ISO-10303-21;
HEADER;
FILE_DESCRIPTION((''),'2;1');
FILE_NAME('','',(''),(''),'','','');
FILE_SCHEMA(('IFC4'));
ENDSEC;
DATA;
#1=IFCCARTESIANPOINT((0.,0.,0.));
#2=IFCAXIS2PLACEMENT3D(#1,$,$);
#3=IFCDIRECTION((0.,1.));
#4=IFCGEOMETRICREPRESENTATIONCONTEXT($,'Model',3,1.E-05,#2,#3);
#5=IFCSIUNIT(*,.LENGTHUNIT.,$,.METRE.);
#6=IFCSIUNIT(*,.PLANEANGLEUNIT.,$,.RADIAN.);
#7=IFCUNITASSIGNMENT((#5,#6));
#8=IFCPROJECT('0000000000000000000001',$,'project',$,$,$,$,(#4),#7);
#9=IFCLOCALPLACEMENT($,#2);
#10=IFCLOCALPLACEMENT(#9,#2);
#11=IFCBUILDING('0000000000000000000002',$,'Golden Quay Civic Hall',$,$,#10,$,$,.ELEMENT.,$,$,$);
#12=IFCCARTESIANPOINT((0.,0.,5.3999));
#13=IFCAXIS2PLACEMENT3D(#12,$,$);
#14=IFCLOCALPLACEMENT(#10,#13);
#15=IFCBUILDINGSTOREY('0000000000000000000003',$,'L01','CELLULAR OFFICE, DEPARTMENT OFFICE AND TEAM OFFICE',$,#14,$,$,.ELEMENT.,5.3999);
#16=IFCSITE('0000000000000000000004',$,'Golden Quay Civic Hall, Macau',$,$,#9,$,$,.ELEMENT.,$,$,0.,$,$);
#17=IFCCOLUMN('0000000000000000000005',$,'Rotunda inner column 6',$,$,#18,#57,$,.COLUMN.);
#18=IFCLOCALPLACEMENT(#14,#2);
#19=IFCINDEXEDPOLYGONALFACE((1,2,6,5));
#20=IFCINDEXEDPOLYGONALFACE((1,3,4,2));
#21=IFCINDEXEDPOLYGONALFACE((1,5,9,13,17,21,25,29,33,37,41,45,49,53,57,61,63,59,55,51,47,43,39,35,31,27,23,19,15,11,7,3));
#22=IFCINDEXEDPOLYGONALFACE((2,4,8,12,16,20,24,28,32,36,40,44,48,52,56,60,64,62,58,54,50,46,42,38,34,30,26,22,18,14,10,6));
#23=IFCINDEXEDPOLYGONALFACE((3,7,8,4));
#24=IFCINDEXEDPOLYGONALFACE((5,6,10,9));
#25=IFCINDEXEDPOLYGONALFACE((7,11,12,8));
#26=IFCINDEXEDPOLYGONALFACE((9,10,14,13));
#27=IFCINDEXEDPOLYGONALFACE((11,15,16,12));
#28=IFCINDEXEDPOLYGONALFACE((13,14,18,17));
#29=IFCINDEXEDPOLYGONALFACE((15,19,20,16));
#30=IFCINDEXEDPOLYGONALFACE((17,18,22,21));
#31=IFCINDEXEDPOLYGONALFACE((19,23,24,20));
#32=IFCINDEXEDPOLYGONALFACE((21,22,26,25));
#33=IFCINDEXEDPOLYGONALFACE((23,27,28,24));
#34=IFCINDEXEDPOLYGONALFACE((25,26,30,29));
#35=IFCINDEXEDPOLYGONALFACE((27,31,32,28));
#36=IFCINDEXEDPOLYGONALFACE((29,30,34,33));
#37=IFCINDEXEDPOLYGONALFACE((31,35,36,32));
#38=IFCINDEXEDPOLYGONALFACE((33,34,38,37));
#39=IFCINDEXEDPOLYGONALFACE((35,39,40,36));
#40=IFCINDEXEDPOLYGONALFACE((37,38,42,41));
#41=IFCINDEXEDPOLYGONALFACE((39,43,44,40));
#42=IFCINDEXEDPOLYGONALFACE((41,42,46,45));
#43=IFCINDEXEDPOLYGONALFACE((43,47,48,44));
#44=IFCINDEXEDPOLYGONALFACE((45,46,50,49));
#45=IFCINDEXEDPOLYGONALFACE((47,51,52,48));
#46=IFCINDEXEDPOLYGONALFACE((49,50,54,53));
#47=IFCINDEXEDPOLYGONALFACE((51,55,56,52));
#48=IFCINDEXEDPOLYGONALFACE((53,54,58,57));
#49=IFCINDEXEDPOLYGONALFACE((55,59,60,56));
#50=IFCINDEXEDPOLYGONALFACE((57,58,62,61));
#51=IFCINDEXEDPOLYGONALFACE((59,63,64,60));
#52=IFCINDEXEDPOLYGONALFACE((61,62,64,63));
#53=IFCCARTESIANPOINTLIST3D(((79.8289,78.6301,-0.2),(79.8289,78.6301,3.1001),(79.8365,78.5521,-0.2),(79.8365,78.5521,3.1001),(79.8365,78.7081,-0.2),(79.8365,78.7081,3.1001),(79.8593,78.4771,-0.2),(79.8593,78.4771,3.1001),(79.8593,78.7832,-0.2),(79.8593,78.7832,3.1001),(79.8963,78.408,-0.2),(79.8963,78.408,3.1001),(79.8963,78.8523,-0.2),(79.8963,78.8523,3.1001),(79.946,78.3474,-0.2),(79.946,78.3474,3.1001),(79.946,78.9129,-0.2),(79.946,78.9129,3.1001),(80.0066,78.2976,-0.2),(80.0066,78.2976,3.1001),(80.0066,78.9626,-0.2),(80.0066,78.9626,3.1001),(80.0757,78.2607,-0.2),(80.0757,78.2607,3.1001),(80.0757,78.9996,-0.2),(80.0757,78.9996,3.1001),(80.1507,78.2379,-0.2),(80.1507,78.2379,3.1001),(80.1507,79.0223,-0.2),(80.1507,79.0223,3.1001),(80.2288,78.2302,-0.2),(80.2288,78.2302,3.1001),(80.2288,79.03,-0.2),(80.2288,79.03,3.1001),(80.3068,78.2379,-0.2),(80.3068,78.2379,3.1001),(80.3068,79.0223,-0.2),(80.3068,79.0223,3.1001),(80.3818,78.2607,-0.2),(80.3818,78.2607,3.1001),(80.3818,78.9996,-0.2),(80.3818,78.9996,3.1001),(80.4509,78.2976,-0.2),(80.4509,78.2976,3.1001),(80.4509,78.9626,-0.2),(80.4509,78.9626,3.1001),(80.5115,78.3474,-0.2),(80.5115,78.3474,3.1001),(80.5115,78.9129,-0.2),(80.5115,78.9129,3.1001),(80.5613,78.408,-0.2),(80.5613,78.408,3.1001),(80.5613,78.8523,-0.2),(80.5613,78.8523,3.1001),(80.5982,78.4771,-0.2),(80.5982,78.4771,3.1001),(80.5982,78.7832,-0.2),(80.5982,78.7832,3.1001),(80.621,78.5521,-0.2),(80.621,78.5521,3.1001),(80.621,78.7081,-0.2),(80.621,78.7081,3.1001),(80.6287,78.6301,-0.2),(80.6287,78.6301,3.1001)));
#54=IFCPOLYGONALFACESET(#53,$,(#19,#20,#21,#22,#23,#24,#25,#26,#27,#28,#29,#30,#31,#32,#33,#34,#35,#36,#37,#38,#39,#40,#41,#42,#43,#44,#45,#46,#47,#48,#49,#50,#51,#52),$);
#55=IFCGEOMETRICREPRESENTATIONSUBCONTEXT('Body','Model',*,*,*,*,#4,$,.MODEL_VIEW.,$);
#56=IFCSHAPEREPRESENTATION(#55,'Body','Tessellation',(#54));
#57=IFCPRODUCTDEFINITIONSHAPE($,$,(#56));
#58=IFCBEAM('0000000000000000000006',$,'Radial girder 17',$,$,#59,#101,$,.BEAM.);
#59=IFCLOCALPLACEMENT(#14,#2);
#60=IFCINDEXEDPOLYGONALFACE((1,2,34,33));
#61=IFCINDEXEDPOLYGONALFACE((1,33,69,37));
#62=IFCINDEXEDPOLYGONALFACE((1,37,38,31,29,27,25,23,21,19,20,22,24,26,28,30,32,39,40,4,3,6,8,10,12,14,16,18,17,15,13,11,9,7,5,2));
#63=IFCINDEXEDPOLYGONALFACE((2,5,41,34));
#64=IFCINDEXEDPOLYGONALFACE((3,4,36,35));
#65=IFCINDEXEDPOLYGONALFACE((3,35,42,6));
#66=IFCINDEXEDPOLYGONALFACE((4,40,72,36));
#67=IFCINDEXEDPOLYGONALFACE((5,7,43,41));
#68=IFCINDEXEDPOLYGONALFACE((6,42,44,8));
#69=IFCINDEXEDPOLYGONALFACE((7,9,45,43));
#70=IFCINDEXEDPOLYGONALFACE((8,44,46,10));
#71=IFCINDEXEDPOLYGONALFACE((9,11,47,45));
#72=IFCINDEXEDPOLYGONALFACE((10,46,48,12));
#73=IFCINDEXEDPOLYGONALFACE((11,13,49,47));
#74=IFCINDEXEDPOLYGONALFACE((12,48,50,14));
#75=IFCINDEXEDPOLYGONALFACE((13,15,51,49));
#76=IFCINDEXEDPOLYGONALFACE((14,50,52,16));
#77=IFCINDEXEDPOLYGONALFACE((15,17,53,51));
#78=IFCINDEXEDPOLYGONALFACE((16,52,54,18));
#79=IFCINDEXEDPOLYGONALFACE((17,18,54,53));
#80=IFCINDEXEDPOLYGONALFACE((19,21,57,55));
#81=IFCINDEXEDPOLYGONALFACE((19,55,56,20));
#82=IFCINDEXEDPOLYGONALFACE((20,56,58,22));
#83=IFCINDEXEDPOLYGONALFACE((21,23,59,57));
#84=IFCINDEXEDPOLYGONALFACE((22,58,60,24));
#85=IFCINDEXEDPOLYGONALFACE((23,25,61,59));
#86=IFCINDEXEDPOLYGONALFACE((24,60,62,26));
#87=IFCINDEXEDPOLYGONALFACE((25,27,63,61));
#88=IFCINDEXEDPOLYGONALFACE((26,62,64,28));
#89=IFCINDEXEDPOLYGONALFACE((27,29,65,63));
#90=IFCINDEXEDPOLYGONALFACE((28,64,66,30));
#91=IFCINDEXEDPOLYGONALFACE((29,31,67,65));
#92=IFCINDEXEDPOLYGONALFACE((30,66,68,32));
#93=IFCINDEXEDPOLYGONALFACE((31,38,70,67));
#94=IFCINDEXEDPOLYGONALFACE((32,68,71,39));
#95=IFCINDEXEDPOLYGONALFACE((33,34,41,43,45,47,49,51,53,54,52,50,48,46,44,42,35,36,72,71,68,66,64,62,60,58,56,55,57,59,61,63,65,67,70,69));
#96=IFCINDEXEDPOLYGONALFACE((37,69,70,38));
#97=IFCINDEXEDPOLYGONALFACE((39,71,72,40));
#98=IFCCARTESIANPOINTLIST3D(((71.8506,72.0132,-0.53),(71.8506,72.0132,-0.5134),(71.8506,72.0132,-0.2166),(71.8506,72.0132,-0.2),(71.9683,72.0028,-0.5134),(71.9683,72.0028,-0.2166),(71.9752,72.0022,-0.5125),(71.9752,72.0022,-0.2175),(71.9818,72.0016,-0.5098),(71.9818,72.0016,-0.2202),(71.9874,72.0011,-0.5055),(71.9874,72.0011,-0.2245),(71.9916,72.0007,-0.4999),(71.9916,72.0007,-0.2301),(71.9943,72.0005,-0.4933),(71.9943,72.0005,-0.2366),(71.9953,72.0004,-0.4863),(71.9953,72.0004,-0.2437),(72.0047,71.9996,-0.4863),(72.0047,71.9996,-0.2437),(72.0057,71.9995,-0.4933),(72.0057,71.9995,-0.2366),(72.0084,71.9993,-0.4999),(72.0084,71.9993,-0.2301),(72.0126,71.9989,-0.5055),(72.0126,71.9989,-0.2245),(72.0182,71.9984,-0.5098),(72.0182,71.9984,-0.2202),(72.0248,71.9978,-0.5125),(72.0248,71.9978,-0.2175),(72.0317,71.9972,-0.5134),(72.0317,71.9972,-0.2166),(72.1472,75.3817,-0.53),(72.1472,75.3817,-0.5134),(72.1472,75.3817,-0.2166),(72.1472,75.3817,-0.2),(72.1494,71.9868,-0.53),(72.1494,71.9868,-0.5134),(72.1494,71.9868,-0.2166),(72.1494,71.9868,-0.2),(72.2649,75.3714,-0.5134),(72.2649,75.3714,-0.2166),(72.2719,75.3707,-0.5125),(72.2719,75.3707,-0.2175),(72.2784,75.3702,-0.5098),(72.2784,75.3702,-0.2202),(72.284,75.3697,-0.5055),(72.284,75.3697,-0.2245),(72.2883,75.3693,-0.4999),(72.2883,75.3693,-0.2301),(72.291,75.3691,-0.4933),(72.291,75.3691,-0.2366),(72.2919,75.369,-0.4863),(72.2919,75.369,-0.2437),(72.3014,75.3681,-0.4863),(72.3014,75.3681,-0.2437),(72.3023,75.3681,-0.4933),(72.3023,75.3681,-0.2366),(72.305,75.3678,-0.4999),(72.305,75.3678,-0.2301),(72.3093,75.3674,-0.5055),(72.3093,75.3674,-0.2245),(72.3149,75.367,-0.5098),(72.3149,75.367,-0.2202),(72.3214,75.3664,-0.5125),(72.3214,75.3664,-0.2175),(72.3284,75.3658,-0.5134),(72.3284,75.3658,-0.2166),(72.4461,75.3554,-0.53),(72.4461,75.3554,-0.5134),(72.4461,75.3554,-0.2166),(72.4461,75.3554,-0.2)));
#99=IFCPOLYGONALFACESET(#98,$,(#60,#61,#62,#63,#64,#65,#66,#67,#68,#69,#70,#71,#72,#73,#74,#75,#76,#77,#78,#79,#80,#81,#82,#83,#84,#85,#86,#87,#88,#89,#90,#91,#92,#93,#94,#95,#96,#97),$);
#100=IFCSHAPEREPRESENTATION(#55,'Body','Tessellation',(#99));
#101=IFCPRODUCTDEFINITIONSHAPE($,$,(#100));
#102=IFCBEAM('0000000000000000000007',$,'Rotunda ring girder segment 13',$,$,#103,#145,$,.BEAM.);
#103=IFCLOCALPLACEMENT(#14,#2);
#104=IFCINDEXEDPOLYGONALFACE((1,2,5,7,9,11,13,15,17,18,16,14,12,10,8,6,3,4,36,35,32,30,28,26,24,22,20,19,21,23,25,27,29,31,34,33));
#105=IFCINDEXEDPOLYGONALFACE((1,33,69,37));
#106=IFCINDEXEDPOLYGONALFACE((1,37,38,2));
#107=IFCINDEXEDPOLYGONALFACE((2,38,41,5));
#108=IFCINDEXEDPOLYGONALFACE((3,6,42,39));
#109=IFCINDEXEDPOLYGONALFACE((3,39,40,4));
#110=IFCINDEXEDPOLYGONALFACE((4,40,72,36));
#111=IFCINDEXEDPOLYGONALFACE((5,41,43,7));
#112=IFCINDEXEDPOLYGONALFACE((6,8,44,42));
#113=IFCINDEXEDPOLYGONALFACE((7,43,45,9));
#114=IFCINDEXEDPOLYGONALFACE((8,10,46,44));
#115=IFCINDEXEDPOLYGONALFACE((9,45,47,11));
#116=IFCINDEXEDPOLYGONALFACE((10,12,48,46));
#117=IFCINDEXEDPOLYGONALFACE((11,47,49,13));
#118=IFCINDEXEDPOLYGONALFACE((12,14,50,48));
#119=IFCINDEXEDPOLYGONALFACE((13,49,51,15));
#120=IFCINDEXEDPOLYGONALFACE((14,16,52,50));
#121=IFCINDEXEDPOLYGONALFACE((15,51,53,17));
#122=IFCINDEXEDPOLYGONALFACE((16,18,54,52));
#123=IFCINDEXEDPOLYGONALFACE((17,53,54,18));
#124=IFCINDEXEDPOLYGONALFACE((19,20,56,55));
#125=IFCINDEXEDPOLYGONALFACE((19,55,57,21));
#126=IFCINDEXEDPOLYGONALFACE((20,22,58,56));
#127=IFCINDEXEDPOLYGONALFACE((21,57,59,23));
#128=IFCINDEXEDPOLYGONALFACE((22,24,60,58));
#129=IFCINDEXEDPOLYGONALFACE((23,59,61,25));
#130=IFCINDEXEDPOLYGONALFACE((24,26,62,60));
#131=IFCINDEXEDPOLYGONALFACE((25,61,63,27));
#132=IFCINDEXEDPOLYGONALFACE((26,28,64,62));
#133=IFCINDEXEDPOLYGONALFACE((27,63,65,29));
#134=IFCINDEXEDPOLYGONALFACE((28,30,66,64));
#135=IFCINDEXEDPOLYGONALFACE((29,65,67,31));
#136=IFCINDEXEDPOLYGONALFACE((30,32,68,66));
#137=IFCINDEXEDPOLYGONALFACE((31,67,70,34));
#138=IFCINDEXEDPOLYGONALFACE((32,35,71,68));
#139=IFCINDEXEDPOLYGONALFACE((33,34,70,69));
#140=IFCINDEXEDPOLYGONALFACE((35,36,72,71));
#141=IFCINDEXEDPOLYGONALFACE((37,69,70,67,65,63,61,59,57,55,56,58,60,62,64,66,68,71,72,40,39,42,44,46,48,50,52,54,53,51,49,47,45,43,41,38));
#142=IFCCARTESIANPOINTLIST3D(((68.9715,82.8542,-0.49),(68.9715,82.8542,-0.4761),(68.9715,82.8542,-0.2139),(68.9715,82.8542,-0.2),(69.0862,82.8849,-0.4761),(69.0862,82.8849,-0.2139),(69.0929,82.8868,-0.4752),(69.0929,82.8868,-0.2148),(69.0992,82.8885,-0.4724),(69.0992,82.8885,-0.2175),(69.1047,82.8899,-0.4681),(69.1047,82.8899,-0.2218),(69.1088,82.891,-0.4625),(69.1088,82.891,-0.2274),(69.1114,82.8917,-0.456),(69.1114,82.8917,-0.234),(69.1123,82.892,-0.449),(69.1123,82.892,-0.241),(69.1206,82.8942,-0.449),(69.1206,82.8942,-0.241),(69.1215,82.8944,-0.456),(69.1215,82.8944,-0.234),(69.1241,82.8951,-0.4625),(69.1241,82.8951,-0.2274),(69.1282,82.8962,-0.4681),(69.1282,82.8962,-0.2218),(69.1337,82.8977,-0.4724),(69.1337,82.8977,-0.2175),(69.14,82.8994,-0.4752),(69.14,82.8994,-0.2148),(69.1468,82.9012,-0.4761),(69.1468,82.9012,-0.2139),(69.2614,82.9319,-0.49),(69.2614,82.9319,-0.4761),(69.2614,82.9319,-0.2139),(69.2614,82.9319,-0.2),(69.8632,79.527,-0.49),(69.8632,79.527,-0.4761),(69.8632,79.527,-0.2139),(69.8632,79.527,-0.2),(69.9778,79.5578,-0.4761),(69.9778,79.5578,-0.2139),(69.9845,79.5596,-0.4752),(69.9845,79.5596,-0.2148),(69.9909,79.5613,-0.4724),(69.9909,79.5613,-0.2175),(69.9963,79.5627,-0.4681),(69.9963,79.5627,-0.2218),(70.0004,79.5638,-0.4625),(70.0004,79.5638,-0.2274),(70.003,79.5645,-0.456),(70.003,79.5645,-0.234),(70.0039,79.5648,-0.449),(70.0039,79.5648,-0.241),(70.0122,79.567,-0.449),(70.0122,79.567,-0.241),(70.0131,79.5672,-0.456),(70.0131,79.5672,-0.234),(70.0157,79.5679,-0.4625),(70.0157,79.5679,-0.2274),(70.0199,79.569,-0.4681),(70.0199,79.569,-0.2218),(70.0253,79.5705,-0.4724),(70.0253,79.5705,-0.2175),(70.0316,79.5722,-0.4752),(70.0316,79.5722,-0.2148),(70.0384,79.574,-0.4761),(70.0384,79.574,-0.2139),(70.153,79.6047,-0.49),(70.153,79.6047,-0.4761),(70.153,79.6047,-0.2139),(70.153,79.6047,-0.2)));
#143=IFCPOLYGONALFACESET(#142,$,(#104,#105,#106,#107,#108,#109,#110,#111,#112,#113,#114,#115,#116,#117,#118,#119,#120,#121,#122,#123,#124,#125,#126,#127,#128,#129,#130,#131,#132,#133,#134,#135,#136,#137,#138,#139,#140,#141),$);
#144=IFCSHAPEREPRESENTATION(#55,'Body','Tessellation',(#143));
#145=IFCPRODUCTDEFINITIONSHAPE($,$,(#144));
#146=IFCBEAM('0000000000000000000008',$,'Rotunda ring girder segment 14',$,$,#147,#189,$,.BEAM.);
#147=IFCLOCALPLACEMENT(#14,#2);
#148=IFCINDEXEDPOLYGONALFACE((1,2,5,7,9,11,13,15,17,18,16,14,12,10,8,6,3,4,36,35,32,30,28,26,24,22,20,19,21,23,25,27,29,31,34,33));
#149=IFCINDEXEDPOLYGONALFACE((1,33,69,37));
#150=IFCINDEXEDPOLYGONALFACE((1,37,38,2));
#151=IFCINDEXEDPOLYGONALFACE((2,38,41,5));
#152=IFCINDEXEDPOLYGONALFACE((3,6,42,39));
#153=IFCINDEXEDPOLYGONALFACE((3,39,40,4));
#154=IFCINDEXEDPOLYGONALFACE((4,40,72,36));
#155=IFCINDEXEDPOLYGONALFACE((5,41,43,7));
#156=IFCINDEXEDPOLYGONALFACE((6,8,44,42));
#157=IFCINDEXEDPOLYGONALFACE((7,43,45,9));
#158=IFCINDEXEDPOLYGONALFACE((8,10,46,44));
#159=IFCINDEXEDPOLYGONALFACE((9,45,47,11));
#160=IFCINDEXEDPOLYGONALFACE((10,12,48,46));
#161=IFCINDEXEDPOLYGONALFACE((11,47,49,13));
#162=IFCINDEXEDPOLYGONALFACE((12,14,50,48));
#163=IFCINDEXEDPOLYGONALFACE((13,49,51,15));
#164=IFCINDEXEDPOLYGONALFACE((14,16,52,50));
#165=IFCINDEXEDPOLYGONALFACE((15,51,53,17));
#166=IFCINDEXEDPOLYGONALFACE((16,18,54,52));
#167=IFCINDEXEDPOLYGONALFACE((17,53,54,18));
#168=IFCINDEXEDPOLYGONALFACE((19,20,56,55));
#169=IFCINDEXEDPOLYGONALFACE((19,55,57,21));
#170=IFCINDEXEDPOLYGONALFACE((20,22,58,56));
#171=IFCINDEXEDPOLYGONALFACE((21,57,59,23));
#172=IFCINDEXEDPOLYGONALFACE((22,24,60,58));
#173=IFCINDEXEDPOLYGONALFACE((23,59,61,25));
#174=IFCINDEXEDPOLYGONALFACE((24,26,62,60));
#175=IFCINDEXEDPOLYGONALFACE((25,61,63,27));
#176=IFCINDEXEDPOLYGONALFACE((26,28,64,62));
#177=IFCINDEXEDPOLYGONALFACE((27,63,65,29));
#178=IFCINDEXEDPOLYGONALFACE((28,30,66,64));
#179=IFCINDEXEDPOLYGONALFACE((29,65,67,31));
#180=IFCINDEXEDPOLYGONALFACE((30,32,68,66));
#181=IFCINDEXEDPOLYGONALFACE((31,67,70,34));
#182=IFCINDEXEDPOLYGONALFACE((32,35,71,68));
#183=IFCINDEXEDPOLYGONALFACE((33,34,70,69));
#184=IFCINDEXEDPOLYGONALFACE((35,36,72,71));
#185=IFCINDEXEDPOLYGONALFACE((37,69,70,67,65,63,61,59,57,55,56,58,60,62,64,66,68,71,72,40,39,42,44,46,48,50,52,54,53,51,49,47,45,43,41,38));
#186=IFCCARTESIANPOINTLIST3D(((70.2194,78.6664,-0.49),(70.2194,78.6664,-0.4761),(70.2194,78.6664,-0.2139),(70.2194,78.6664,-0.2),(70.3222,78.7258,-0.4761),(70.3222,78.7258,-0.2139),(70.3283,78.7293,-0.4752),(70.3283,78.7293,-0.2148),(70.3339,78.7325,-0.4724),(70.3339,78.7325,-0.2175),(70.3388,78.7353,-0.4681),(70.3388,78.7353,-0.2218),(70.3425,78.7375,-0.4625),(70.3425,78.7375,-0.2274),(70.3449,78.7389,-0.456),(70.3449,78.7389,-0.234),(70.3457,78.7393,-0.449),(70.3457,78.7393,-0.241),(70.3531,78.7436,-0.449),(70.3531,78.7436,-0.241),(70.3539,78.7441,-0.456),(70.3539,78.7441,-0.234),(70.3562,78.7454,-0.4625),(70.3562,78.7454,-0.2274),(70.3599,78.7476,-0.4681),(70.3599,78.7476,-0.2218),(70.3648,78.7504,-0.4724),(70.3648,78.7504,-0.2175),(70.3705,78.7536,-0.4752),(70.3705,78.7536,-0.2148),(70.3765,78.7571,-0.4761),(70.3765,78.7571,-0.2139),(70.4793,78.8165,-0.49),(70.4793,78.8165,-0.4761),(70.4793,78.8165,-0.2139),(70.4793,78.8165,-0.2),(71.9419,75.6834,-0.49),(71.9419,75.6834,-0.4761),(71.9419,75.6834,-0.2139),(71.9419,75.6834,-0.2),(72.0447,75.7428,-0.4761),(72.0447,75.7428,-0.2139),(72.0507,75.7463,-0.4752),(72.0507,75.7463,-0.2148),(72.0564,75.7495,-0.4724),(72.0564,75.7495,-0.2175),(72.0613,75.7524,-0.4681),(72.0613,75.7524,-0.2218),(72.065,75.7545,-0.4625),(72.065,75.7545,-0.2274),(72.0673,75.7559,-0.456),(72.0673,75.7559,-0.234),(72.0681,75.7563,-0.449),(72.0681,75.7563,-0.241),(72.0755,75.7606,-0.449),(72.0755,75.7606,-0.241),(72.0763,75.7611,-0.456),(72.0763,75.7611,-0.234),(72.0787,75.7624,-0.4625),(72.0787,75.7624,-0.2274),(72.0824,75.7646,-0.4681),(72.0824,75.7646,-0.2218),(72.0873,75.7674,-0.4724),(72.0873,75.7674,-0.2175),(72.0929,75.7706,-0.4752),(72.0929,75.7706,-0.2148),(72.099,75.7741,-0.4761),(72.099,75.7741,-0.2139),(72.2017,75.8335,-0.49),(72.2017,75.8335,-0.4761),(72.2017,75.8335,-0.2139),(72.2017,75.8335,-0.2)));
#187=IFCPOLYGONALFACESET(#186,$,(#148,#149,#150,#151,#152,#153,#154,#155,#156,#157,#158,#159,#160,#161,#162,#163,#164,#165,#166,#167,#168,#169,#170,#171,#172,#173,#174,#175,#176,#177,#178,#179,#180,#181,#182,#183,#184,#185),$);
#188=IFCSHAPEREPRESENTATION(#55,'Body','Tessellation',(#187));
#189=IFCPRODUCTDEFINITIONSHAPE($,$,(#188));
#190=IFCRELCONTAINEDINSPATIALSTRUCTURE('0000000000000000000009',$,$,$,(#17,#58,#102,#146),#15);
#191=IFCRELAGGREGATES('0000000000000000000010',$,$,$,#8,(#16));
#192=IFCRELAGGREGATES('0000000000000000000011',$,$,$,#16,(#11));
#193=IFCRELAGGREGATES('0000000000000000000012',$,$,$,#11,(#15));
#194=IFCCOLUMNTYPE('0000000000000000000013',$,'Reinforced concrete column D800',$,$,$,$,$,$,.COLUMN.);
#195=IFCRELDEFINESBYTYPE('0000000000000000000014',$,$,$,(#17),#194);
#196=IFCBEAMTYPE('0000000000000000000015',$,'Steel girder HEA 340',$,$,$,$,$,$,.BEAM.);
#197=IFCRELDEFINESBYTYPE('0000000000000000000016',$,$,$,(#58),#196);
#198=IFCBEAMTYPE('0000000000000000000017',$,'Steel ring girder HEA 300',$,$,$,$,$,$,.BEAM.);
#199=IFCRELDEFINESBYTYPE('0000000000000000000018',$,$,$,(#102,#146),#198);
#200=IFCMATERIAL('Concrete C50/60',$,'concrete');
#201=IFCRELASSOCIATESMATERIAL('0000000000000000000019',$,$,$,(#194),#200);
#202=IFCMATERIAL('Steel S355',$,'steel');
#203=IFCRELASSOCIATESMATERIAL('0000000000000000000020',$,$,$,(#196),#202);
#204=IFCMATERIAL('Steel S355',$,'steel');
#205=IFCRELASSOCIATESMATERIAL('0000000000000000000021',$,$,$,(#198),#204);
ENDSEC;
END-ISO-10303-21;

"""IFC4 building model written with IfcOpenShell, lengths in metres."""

from ifc_helpers import new_model, si_unit, direction, frame, origin, origin_2d, place, context, subcontext, project, spatial, circle, i_section, extrude, material, material_profile, profile_set, type_object, element, save


model = new_model("IFC4")

# Units and contexts
model_context = context("Model", 3, precision=1e-05, world=origin(), true_north=direction((0.0, 1.0)))
body_context = subcontext(model_context, "Body", "Model", "MODEL_VIEW")
ifc_project = project(units=[si_unit("LENGTHUNIT", "METRE"), si_unit("PLANEANGLEUNIT", "RADIAN")], contexts=[model_context])

# Site, building, storey
site_placement = place(None, origin())
site = spatial("IfcSite", under=ifc_project, at=site_placement, Name="Golden Quay Civic Hall, Macau", CompositionType="ELEMENT", RefElevation=0.0)
building_placement = place(site_placement, origin())
building = spatial("IfcBuilding", under=site, at=building_placement, Name="Golden Quay Civic Hall", CompositionType="ELEMENT")
storey_placement = place(building_placement, frame((0.0, 0.0, 5.3999)))
storey = spatial("IfcBuildingStorey", under=building, at=storey_placement, Name="L01", Description="CELLULAR OFFICE, DEPARTMENT OFFICE AND TEAM OFFICE", CompositionType="ELEMENT", Elevation=5.3999)

# Column
ifc_material_1 = material(Name="Concrete C50/60", Category="concrete")
ifc_material_profile_1 = material_profile(ifc_material_1, circle(Radius=0.3999, at=origin_2d()), Name="RC D800")
ifc_profile_set_1 = profile_set([ifc_material_profile_1], Name="Concrete C50/60")
column_type_1 = type_object("IfcColumnType", Name="Reinforced concrete column D800", PredefinedType="COLUMN", material=ifc_profile_set_1)
column_placement = place(storey_placement, frame((80.2288, 78.6301, -0.2), z_axis=(0.0, 0.0, 1.0), x_axis=(1.0, 0.0, 0.0)))
element("IfcColumn", 1, at=column_placement, inside=storey, type_object=column_type_1, Name="Rotunda inner column 6", PredefinedType="COLUMN", context=body_context, shape_type="SweptSolid", body=[
    extrude(circle(Radius=0.3999, at=origin_2d()), origin(), (0.0, 0.0, 1.0), 3.3),
])

# Beams
ifc_material_2 = material(Name="Steel S355", Category="steel")
ifc_material_profile_2 = material_profile(ifc_material_2, i_section(OverallWidth=0.3, OverallDepth=0.3301, WebThickness=0.0095, FlangeThickness=0.0166, FilletRadius=0.0271, at=origin_2d()), Name="HEA 340")
ifc_profile_set_2 = profile_set([ifc_material_profile_2], Name="Steel S355")
beam_type_1 = type_object("IfcBeamType", Name="Steel girder HEA 340", PredefinedType="BEAM", material=ifc_profile_set_2)
beam_1_placement = place(storey_placement, frame((72.0, 72.0, -0.365), z_axis=(0.087717, 0.996145, 0.0), x_axis=(-0.996145, 0.087717, 0.0)))
element("IfcBeam", 2, at=beam_1_placement, inside=storey, type_object=beam_type_1, Name="Radial girder 17", PredefinedType="BEAM", context=body_context, shape_type="SweptSolid", body=[
    extrude(i_section(OverallWidth=0.3, OverallDepth=0.3301, WebThickness=0.0095, FlangeThickness=0.0166, FilletRadius=0.0271, at=origin_2d()), origin(), (0.0, 0.0, 1.0), 3.3816),
])
ifc_material_3 = material(Name="Steel S355", Category="steel")
ifc_material_profile_3 = material_profile(ifc_material_3, i_section(OverallWidth=0.3, OverallDepth=0.29, WebThickness=0.0085, FlangeThickness=0.0139, FilletRadius=0.0271, at=origin_2d()), Name="HEA 300")
ifc_profile_set_3 = profile_set([ifc_material_profile_3], Name="Steel S355")
beam_type_2 = type_object("IfcBeamType", Name="Steel ring girder HEA 300", PredefinedType="BEAM", material=ifc_profile_set_3)
for number, where, z_axis, x_axis, name in (
    (3, (69.1165, 82.8931, -0.345), (0.258845, -0.965919, 0.0), (0.965919, 0.258845, 0.0), "Rotunda ring girder segment 13"),
    (4, (70.3494, 78.7415, -0.345), (0.50005, -0.865997, 0.0), (0.865997, 0.50005, 0.0), "Rotunda ring girder segment 14"),
):
    element("IfcBeam", number, at=place(storey_placement, frame(where, z_axis=z_axis, x_axis=x_axis)), inside=storey, type_object=beam_type_2, Name=name, PredefinedType="BEAM", context=body_context, shape_type="SweptSolid", body=[
        extrude(i_section(OverallWidth=0.3, OverallDepth=0.29, WebThickness=0.0085, FlangeThickness=0.0139, FilletRadius=0.0271, at=origin_2d()), origin(), (0.0, 0.0, 1.0), 3.4446),
    ])

save(model, "model.ifc")
